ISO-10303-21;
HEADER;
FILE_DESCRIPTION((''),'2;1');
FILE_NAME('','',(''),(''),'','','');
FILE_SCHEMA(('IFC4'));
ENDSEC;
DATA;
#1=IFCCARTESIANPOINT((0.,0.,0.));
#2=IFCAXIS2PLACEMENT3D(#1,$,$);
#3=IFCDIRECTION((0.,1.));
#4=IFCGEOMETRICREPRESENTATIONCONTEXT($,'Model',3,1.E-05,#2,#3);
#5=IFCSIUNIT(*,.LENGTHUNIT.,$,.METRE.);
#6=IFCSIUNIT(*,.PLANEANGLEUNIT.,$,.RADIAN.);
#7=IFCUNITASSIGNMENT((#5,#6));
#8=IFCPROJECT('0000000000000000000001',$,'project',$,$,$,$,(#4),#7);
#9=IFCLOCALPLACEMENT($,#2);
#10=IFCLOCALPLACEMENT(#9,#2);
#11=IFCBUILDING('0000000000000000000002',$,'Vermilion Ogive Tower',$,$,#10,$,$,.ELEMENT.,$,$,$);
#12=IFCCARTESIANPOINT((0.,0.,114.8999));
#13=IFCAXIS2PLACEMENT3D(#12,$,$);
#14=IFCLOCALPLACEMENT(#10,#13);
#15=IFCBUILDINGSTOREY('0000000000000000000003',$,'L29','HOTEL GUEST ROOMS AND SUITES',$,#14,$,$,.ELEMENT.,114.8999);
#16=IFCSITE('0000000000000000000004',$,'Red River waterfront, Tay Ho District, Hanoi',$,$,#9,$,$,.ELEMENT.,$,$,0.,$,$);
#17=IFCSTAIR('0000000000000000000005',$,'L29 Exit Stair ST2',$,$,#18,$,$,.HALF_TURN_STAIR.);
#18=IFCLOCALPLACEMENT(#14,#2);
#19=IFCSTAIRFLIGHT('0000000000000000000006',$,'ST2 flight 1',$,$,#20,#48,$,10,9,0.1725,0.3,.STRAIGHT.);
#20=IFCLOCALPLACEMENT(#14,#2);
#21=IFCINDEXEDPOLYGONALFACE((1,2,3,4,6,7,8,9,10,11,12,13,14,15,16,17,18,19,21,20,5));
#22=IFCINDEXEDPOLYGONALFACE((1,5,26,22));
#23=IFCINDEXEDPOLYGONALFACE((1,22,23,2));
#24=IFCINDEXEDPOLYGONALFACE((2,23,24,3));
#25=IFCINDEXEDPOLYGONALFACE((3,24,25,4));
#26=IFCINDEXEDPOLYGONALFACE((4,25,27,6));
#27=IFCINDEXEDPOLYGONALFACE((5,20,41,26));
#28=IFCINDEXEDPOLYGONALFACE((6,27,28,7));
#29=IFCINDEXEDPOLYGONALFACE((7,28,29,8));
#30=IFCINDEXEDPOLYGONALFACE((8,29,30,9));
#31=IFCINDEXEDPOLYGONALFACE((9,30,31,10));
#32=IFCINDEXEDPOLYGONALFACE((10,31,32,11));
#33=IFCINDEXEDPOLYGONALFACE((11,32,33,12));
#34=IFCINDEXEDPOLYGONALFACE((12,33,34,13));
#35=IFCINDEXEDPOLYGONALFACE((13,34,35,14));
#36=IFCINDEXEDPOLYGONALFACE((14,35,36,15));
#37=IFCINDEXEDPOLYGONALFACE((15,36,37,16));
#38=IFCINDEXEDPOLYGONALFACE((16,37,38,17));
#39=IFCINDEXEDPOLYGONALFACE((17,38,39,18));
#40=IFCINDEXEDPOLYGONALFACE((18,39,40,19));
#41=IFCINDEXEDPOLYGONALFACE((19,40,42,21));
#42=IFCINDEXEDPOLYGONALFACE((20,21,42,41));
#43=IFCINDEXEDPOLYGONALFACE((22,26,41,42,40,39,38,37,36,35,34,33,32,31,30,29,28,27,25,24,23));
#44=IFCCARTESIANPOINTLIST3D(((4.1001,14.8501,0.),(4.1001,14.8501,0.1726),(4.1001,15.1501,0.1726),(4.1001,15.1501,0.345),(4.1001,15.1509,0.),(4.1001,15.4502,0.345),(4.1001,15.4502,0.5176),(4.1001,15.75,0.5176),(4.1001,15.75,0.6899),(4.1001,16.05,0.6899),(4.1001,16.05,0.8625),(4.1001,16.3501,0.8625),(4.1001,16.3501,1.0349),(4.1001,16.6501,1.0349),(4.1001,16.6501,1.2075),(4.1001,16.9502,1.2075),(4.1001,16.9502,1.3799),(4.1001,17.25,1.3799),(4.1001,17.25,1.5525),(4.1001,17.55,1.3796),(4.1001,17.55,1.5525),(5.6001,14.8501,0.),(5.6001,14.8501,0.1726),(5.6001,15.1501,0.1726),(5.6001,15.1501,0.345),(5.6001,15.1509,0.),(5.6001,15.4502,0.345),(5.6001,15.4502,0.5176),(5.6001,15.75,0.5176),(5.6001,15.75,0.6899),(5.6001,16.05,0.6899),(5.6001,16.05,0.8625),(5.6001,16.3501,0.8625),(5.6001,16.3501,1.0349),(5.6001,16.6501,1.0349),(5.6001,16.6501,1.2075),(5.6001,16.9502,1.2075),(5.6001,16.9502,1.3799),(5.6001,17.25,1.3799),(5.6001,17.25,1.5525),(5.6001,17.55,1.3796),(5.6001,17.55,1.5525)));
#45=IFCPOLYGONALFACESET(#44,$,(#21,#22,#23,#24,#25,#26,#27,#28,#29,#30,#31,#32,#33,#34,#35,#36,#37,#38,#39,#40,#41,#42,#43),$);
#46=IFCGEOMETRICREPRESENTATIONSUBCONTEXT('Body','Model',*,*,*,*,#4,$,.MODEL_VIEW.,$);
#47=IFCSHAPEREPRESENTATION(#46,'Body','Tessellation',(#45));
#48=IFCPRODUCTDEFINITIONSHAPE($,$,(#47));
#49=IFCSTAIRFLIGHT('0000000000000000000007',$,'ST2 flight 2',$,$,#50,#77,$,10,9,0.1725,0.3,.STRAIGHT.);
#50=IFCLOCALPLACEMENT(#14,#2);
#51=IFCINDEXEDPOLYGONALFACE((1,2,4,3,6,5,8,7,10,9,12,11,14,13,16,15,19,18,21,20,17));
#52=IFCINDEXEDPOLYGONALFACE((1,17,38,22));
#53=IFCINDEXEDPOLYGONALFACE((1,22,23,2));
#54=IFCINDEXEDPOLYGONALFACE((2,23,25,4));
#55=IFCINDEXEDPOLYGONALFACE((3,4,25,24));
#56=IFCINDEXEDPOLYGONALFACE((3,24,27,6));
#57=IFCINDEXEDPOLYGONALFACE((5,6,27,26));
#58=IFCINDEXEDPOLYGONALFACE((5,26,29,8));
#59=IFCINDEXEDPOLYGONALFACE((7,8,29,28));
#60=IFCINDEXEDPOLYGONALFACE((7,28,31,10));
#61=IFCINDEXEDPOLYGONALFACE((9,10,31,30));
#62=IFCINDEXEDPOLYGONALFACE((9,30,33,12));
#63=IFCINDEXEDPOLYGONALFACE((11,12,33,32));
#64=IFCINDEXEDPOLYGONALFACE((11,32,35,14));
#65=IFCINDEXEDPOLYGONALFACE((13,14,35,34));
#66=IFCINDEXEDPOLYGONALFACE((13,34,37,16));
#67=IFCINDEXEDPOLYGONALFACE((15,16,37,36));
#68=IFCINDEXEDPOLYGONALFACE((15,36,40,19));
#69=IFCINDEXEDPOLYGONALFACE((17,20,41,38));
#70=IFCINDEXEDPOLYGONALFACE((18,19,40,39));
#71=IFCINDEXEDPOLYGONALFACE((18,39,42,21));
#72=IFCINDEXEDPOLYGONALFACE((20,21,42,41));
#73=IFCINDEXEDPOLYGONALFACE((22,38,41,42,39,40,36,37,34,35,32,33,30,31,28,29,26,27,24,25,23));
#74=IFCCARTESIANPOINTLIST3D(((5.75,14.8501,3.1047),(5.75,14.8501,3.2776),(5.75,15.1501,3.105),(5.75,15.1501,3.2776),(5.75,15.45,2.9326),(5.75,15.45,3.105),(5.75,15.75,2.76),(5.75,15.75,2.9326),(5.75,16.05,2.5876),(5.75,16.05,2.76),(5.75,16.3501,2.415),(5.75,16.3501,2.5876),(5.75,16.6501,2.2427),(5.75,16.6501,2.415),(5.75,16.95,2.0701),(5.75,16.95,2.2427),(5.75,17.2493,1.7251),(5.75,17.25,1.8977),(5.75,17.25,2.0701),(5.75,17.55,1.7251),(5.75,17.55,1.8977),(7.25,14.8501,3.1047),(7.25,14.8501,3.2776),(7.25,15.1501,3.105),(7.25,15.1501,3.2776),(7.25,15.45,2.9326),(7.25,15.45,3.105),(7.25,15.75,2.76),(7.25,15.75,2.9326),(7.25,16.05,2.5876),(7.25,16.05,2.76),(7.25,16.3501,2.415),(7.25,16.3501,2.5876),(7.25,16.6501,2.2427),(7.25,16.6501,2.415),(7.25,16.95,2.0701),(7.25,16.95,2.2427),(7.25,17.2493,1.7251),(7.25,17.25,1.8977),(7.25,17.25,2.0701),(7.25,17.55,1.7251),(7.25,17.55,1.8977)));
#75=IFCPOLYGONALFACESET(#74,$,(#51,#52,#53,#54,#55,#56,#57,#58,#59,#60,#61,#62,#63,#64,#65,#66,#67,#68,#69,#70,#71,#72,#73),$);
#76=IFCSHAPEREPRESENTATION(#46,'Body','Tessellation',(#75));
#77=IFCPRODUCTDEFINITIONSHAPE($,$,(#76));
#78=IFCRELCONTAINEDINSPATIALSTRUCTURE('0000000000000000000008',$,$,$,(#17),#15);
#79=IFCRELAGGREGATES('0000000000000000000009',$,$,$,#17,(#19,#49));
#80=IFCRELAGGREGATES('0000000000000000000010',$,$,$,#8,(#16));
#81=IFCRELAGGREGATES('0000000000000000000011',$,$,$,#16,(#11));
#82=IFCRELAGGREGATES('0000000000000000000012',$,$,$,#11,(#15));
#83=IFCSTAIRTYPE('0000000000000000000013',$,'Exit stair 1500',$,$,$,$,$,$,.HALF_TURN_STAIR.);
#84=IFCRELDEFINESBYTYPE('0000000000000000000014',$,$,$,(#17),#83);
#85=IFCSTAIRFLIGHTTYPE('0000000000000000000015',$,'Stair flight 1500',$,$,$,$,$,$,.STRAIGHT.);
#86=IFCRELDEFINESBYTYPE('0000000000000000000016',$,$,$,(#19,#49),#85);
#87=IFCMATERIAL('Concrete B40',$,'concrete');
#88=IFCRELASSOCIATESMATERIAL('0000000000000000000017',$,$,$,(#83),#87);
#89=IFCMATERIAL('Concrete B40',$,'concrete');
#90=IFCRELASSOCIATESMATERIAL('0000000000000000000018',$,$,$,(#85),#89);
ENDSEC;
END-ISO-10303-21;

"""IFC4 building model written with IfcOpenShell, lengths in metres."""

from ifc_helpers import new_model, si_unit, direction, frame, origin, place, context, subcontext, project, spatial, polyline, outline, extrude, material, type_object, element, aggregate, save


model = new_model("IFC4")

# Units and contexts
model_context = context("Model", 3, precision=1e-05, world=origin(), true_north=direction((0.0, 1.0)))
body_context = subcontext(model_context, "Body", "Model", "MODEL_VIEW")
ifc_project = project(units=[si_unit("LENGTHUNIT", "METRE"), si_unit("PLANEANGLEUNIT", "RADIAN")], contexts=[model_context])

# Site, building, storey
site_placement = place(None, origin())
site = spatial("IfcSite", under=ifc_project, at=site_placement, Name="Red River waterfront, Tay Ho District, Hanoi", CompositionType="ELEMENT", RefElevation=0.0)
building_placement = place(site_placement, origin())
building = spatial("IfcBuilding", under=site, at=building_placement, Name="Vermilion Ogive Tower", CompositionType="ELEMENT")
storey_placement = place(building_placement, frame((0.0, 0.0, 114.8999)))
storey = spatial("IfcBuildingStorey", under=building, at=storey_placement, Name="L29", Description="HOTEL GUEST ROOMS AND SUITES", CompositionType="ELEMENT", Elevation=114.8999)

# Stair, stair flights
ifc_material_1 = material(Name="Concrete B40", Category="concrete")
stair_type = type_object("IfcStairType", Name="Exit stair 1500", PredefinedType="HALF_TURN_STAIR", material=ifc_material_1)
stair_placement = place(storey_placement, origin())
stair = element("IfcStair", 1, at=stair_placement, inside=storey, type_object=stair_type, Name="L29 Exit Stair ST2", PredefinedType="HALF_TURN_STAIR")
ifc_material_2 = material(Name="Concrete B40", Category="concrete")
stair_flight_type = type_object("IfcStairFlightType", Name="Stair flight 1500", PredefinedType="STRAIGHT", material=ifc_material_2)
stair_flight_1_placement = place(storey_placement, frame((4.8501, 14.8501, 0.0), z_axis=(0.0, 0.0, 1.0), x_axis=(0.0, 1.0, 0.0)))
stair_flight_1 = element("IfcStairFlight", 2, at=stair_flight_1_placement, type_object=stair_flight_type, Name="ST2 flight 1", NumberOfRisers=10, NumberOfTreads=9, PredefinedType="STRAIGHT", RiserHeight=0.1725, TreadLength=0.3, context=body_context, shape_type="SweptSolid", body=[
    extrude(outline(polyline([(0.0, 0.0), (0.0, 0.1726), (0.3, 0.1726), (0.3, 0.345), (0.6001, 0.345), (0.6001, 0.5176), (0.8999, 0.5176), (0.8999, 0.6899), (1.2, 0.6899), (1.2, 0.8625), (1.5, 0.8625), (1.5, 1.0349), (1.8, 1.0349), (1.8, 1.2075), (2.1001, 1.2075), (2.1001, 1.3799), (2.3999, 1.3799), (2.3999, 1.5525), (2.7, 1.5525), (2.7, 1.7251), (2.7, 1.3796), (0.3008, 0.0), (0.0, 0.0)])), frame((0.0, 0.75, 0.0), z_axis=(0.0, -1.0, 0.0), x_axis=(1.0, 0.0, 0.0)), (0.0, 0.0, 1.0), 1.5),
])
stair_flight_2_placement = place(storey_placement, frame((6.5, 17.55, 1.7251), z_axis=(0.0, 0.0, 1.0), x_axis=(0.0, -1.0, 0.0)))
stair_flight_2 = element("IfcStairFlight", 3, at=stair_flight_2_placement, type_object=stair_flight_type, Name="ST2 flight 2", NumberOfRisers=10, NumberOfTreads=9, PredefinedType="STRAIGHT", RiserHeight=0.1725, TreadLength=0.3, context=body_context, shape_type="SweptSolid", body=[
    extrude(outline(polyline([(0.0, 0.0), (0.0, 0.1726), (0.3, 0.1726), (0.3, 0.345), (0.6001, 0.345), (0.6001, 0.5176), (0.8999, 0.5176), (0.8999, 0.6899), (1.2, 0.6899), (1.2, 0.8625), (1.5, 0.8625), (1.5, 1.0349), (1.8, 1.0349), (1.8, 1.2075), (2.1001, 1.2075), (2.1001, 1.3799), (2.3999, 1.3799), (2.3999, 1.5525), (2.7, 1.5525), (2.7, 1.7251), (2.7, 1.3796), (0.3008, 0.0), (0.0, 0.0)])), frame((0.0, 0.75, 0.0), z_axis=(0.0, -1.0, 0.0), x_axis=(1.0, 0.0, 0.0)), (0.0, 0.0, 1.0), 1.5),
])
aggregate(stair, [stair_flight_1, stair_flight_2])

save(model, "model.ifc")
